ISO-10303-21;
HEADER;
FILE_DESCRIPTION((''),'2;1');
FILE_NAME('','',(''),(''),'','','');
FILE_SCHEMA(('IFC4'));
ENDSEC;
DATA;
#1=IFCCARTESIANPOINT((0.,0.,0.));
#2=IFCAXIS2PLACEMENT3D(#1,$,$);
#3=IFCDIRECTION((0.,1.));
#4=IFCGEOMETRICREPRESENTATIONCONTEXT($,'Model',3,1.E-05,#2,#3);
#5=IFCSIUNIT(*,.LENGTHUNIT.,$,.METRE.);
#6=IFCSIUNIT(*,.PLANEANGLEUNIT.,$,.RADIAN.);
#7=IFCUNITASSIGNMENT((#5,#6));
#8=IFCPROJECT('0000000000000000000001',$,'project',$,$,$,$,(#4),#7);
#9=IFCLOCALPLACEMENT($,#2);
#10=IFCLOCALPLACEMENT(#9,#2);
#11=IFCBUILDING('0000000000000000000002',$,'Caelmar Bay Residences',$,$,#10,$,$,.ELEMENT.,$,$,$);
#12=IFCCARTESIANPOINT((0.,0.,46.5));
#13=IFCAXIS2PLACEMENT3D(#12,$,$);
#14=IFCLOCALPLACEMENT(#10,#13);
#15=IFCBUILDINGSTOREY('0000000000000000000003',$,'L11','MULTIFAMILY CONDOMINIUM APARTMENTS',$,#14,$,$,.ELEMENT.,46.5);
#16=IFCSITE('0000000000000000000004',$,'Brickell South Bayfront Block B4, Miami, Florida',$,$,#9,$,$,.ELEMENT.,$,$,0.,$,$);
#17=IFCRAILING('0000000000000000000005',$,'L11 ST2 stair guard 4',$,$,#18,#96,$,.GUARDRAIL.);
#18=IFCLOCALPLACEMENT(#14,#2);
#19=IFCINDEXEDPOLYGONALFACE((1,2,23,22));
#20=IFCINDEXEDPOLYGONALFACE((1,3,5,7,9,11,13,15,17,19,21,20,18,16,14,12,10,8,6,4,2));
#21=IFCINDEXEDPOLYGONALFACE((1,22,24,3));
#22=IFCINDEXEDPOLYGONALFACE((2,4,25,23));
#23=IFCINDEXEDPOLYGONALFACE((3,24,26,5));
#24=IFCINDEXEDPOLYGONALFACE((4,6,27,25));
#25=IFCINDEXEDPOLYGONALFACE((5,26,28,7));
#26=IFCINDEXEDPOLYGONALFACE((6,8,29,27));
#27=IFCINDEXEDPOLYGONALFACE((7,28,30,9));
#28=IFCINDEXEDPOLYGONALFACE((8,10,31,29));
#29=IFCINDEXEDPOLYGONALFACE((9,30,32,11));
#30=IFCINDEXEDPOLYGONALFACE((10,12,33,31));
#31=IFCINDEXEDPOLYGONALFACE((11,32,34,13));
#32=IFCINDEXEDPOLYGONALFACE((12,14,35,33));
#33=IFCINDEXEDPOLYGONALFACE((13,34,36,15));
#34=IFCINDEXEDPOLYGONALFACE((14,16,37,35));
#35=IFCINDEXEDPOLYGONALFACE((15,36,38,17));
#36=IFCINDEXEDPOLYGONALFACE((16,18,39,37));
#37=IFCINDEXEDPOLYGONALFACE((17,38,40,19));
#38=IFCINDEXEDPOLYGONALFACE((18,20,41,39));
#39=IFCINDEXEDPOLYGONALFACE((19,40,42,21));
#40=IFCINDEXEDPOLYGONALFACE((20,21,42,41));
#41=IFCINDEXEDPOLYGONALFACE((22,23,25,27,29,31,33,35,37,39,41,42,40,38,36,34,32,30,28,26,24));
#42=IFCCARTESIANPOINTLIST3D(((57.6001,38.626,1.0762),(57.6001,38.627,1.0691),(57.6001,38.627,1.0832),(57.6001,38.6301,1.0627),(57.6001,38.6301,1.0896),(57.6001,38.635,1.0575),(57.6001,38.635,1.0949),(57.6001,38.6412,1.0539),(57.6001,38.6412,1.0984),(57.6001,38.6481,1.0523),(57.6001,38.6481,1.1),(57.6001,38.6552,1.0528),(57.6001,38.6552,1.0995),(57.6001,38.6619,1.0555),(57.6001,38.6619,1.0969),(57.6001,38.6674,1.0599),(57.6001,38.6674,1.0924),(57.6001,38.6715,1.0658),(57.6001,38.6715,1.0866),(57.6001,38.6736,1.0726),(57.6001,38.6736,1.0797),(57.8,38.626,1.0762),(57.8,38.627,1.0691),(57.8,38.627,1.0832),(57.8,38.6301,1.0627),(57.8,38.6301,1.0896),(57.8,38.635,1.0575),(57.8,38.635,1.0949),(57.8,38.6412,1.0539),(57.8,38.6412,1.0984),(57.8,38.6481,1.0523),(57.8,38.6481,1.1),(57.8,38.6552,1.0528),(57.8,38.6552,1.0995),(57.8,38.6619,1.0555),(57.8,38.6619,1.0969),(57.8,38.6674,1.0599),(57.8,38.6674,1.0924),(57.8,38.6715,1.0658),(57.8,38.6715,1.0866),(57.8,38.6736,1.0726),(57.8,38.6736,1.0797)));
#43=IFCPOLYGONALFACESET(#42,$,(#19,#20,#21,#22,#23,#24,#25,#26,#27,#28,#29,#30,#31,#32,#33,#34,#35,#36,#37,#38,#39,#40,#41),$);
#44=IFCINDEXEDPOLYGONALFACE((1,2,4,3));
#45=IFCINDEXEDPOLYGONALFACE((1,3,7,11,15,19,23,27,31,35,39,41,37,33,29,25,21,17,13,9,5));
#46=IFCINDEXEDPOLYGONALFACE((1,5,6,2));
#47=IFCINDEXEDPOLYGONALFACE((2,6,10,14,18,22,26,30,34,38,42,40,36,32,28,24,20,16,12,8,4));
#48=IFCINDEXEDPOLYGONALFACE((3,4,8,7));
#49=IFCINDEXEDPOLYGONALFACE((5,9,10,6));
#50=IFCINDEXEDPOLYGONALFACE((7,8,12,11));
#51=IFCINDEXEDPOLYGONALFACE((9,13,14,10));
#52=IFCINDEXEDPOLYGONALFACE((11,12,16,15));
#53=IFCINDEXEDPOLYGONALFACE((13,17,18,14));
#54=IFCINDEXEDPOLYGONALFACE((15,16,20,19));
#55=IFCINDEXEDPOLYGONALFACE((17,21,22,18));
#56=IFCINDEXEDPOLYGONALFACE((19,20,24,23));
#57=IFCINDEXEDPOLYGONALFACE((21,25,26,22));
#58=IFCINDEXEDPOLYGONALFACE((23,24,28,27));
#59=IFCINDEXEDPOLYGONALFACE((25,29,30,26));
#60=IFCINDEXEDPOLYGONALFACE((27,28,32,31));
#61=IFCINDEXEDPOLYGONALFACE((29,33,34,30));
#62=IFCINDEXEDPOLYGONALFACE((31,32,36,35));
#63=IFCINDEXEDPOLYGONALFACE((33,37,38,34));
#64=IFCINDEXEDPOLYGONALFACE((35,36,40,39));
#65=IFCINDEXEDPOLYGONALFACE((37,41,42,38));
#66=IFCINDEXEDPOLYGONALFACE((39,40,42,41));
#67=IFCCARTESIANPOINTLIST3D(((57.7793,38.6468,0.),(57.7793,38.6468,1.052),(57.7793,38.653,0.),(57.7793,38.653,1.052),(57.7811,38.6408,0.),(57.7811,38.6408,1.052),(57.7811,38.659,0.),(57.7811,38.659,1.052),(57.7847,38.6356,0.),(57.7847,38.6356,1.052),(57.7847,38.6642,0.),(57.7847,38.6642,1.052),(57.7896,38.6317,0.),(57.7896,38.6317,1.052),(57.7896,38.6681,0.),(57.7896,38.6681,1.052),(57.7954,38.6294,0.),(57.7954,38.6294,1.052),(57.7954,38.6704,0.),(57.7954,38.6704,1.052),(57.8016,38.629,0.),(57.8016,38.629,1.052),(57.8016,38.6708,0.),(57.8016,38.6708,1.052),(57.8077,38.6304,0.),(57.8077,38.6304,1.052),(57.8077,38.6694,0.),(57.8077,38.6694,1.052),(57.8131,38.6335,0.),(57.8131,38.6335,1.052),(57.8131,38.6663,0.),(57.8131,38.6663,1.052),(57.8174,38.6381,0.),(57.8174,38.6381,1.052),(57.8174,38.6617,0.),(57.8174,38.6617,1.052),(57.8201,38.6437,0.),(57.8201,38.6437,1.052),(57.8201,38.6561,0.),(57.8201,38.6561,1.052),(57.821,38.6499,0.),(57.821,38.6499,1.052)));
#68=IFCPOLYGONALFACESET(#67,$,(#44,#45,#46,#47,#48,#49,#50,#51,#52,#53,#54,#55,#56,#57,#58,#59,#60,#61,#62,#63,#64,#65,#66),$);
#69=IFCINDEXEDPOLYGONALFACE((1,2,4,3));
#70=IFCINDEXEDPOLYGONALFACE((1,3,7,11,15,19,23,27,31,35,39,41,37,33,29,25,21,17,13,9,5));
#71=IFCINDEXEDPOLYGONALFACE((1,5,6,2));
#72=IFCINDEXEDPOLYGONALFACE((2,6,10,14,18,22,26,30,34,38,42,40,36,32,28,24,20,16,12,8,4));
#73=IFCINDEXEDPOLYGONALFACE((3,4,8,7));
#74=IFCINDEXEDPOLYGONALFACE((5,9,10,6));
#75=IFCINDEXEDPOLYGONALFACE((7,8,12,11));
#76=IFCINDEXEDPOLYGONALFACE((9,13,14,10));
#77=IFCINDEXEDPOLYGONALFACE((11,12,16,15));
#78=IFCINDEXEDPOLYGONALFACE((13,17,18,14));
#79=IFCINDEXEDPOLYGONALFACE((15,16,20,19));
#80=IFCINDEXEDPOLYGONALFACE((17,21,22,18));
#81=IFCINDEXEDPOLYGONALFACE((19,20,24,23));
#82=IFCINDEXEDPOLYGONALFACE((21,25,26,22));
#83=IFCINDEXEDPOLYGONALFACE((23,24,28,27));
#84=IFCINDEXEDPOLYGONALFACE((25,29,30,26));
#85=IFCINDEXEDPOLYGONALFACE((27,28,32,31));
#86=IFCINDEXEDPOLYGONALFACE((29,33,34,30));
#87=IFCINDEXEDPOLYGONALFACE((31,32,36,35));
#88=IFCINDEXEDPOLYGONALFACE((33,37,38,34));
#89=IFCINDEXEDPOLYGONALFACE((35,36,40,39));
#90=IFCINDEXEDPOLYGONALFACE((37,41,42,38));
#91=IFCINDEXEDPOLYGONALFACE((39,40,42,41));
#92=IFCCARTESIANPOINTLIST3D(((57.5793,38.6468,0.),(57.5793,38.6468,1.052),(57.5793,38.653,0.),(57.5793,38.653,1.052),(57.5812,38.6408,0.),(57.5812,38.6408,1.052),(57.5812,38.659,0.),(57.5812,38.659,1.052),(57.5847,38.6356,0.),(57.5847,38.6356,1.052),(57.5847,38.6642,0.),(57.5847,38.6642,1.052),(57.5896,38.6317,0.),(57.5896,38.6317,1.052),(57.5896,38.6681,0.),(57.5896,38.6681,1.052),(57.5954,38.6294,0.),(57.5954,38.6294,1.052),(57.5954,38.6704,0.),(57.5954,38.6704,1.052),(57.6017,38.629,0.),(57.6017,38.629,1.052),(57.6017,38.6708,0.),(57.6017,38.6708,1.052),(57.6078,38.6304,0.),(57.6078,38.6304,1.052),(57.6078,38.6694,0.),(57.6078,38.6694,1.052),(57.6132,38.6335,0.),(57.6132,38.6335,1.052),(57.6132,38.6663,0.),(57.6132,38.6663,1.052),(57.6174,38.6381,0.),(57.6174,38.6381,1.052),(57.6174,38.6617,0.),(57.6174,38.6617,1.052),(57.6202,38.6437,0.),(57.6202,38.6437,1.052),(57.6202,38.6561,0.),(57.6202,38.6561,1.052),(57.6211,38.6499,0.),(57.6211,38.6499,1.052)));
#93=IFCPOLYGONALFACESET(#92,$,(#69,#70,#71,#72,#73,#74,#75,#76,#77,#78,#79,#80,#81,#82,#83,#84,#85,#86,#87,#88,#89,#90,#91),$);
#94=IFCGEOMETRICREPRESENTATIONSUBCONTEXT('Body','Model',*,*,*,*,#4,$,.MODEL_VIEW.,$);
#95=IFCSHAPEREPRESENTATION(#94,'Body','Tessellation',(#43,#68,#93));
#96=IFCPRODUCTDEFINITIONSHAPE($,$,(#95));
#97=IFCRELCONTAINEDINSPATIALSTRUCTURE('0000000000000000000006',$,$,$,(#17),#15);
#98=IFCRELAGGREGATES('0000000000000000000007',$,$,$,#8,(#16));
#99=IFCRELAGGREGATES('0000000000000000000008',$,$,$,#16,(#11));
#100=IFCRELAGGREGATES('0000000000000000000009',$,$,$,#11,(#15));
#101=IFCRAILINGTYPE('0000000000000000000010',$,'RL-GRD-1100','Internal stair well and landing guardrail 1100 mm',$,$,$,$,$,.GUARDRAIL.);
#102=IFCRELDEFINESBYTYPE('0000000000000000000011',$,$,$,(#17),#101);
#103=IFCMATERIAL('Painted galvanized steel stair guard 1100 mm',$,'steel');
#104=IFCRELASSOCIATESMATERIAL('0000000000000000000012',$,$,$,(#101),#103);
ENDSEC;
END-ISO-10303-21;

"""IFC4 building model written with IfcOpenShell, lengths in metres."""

from ifc_helpers import new_model, si_unit, direction, frame, origin, origin_2d, place, context, subcontext, project, spatial, circle, extrude, material, type_object, element, save


model = new_model("IFC4")

# Units and contexts
model_context = context("Model", 3, precision=1e-05, world=origin(), true_north=direction((0.0, 1.0)))
body_context = subcontext(model_context, "Body", "Model", "MODEL_VIEW")
ifc_project = project(units=[si_unit("LENGTHUNIT", "METRE"), si_unit("PLANEANGLEUNIT", "RADIAN")], contexts=[model_context])

# Site, building, storey
site_placement = place(None, origin())
site = spatial("IfcSite", under=ifc_project, at=site_placement, Name="Brickell South Bayfront Block B4, Miami, Florida", CompositionType="ELEMENT", RefElevation=0.0)
building_placement = place(site_placement, origin())
building = spatial("IfcBuilding", under=site, at=building_placement, Name="Caelmar Bay Residences", CompositionType="ELEMENT")
storey_placement = place(building_placement, frame((0.0, 0.0, 46.5)))
storey = spatial("IfcBuildingStorey", under=building, at=storey_placement, Name="L11", Description="MULTIFAMILY CONDOMINIUM APARTMENTS", CompositionType="ELEMENT", Elevation=46.5)

# Railing
ifc_material_1 = material(Name="Painted galvanized steel stair guard 1100 mm", Category="steel")
railing_type_1 = type_object("IfcRailingType", Name="RL-GRD-1100", Description="Internal stair well and landing guardrail 1100 mm", PredefinedType="GUARDRAIL", material=ifc_material_1)
railing_1_placement = place(storey_placement, frame((57.8, 38.6499, 0.0)))
element("IfcRailing", 1, at=railing_1_placement, inside=storey, type_object=railing_type_1, Name="L11 ST2 stair guard 4", PredefinedType="GUARDRAIL", context=body_context, shape_type="SweptSolid", body=[
    extrude(circle(Radius=0.0239, at=origin_2d()), frame((0.0, 0.0, 1.0762), z_axis=(-1.0, 0.0, 0.0), x_axis=(0.0, -1.0, 0.0)), (0.0, 0.0, 1.0), 0.2),
    extrude(circle(Radius=0.021, at=origin_2d()), origin(), (0.0, 0.0, 1.0), 1.052),
    extrude(circle(Radius=0.021, at=origin_2d()), frame((-0.2, 0.0, 0.0)), (0.0, 0.0, 1.0), 1.052),
])

save(model, "model.ifc")
